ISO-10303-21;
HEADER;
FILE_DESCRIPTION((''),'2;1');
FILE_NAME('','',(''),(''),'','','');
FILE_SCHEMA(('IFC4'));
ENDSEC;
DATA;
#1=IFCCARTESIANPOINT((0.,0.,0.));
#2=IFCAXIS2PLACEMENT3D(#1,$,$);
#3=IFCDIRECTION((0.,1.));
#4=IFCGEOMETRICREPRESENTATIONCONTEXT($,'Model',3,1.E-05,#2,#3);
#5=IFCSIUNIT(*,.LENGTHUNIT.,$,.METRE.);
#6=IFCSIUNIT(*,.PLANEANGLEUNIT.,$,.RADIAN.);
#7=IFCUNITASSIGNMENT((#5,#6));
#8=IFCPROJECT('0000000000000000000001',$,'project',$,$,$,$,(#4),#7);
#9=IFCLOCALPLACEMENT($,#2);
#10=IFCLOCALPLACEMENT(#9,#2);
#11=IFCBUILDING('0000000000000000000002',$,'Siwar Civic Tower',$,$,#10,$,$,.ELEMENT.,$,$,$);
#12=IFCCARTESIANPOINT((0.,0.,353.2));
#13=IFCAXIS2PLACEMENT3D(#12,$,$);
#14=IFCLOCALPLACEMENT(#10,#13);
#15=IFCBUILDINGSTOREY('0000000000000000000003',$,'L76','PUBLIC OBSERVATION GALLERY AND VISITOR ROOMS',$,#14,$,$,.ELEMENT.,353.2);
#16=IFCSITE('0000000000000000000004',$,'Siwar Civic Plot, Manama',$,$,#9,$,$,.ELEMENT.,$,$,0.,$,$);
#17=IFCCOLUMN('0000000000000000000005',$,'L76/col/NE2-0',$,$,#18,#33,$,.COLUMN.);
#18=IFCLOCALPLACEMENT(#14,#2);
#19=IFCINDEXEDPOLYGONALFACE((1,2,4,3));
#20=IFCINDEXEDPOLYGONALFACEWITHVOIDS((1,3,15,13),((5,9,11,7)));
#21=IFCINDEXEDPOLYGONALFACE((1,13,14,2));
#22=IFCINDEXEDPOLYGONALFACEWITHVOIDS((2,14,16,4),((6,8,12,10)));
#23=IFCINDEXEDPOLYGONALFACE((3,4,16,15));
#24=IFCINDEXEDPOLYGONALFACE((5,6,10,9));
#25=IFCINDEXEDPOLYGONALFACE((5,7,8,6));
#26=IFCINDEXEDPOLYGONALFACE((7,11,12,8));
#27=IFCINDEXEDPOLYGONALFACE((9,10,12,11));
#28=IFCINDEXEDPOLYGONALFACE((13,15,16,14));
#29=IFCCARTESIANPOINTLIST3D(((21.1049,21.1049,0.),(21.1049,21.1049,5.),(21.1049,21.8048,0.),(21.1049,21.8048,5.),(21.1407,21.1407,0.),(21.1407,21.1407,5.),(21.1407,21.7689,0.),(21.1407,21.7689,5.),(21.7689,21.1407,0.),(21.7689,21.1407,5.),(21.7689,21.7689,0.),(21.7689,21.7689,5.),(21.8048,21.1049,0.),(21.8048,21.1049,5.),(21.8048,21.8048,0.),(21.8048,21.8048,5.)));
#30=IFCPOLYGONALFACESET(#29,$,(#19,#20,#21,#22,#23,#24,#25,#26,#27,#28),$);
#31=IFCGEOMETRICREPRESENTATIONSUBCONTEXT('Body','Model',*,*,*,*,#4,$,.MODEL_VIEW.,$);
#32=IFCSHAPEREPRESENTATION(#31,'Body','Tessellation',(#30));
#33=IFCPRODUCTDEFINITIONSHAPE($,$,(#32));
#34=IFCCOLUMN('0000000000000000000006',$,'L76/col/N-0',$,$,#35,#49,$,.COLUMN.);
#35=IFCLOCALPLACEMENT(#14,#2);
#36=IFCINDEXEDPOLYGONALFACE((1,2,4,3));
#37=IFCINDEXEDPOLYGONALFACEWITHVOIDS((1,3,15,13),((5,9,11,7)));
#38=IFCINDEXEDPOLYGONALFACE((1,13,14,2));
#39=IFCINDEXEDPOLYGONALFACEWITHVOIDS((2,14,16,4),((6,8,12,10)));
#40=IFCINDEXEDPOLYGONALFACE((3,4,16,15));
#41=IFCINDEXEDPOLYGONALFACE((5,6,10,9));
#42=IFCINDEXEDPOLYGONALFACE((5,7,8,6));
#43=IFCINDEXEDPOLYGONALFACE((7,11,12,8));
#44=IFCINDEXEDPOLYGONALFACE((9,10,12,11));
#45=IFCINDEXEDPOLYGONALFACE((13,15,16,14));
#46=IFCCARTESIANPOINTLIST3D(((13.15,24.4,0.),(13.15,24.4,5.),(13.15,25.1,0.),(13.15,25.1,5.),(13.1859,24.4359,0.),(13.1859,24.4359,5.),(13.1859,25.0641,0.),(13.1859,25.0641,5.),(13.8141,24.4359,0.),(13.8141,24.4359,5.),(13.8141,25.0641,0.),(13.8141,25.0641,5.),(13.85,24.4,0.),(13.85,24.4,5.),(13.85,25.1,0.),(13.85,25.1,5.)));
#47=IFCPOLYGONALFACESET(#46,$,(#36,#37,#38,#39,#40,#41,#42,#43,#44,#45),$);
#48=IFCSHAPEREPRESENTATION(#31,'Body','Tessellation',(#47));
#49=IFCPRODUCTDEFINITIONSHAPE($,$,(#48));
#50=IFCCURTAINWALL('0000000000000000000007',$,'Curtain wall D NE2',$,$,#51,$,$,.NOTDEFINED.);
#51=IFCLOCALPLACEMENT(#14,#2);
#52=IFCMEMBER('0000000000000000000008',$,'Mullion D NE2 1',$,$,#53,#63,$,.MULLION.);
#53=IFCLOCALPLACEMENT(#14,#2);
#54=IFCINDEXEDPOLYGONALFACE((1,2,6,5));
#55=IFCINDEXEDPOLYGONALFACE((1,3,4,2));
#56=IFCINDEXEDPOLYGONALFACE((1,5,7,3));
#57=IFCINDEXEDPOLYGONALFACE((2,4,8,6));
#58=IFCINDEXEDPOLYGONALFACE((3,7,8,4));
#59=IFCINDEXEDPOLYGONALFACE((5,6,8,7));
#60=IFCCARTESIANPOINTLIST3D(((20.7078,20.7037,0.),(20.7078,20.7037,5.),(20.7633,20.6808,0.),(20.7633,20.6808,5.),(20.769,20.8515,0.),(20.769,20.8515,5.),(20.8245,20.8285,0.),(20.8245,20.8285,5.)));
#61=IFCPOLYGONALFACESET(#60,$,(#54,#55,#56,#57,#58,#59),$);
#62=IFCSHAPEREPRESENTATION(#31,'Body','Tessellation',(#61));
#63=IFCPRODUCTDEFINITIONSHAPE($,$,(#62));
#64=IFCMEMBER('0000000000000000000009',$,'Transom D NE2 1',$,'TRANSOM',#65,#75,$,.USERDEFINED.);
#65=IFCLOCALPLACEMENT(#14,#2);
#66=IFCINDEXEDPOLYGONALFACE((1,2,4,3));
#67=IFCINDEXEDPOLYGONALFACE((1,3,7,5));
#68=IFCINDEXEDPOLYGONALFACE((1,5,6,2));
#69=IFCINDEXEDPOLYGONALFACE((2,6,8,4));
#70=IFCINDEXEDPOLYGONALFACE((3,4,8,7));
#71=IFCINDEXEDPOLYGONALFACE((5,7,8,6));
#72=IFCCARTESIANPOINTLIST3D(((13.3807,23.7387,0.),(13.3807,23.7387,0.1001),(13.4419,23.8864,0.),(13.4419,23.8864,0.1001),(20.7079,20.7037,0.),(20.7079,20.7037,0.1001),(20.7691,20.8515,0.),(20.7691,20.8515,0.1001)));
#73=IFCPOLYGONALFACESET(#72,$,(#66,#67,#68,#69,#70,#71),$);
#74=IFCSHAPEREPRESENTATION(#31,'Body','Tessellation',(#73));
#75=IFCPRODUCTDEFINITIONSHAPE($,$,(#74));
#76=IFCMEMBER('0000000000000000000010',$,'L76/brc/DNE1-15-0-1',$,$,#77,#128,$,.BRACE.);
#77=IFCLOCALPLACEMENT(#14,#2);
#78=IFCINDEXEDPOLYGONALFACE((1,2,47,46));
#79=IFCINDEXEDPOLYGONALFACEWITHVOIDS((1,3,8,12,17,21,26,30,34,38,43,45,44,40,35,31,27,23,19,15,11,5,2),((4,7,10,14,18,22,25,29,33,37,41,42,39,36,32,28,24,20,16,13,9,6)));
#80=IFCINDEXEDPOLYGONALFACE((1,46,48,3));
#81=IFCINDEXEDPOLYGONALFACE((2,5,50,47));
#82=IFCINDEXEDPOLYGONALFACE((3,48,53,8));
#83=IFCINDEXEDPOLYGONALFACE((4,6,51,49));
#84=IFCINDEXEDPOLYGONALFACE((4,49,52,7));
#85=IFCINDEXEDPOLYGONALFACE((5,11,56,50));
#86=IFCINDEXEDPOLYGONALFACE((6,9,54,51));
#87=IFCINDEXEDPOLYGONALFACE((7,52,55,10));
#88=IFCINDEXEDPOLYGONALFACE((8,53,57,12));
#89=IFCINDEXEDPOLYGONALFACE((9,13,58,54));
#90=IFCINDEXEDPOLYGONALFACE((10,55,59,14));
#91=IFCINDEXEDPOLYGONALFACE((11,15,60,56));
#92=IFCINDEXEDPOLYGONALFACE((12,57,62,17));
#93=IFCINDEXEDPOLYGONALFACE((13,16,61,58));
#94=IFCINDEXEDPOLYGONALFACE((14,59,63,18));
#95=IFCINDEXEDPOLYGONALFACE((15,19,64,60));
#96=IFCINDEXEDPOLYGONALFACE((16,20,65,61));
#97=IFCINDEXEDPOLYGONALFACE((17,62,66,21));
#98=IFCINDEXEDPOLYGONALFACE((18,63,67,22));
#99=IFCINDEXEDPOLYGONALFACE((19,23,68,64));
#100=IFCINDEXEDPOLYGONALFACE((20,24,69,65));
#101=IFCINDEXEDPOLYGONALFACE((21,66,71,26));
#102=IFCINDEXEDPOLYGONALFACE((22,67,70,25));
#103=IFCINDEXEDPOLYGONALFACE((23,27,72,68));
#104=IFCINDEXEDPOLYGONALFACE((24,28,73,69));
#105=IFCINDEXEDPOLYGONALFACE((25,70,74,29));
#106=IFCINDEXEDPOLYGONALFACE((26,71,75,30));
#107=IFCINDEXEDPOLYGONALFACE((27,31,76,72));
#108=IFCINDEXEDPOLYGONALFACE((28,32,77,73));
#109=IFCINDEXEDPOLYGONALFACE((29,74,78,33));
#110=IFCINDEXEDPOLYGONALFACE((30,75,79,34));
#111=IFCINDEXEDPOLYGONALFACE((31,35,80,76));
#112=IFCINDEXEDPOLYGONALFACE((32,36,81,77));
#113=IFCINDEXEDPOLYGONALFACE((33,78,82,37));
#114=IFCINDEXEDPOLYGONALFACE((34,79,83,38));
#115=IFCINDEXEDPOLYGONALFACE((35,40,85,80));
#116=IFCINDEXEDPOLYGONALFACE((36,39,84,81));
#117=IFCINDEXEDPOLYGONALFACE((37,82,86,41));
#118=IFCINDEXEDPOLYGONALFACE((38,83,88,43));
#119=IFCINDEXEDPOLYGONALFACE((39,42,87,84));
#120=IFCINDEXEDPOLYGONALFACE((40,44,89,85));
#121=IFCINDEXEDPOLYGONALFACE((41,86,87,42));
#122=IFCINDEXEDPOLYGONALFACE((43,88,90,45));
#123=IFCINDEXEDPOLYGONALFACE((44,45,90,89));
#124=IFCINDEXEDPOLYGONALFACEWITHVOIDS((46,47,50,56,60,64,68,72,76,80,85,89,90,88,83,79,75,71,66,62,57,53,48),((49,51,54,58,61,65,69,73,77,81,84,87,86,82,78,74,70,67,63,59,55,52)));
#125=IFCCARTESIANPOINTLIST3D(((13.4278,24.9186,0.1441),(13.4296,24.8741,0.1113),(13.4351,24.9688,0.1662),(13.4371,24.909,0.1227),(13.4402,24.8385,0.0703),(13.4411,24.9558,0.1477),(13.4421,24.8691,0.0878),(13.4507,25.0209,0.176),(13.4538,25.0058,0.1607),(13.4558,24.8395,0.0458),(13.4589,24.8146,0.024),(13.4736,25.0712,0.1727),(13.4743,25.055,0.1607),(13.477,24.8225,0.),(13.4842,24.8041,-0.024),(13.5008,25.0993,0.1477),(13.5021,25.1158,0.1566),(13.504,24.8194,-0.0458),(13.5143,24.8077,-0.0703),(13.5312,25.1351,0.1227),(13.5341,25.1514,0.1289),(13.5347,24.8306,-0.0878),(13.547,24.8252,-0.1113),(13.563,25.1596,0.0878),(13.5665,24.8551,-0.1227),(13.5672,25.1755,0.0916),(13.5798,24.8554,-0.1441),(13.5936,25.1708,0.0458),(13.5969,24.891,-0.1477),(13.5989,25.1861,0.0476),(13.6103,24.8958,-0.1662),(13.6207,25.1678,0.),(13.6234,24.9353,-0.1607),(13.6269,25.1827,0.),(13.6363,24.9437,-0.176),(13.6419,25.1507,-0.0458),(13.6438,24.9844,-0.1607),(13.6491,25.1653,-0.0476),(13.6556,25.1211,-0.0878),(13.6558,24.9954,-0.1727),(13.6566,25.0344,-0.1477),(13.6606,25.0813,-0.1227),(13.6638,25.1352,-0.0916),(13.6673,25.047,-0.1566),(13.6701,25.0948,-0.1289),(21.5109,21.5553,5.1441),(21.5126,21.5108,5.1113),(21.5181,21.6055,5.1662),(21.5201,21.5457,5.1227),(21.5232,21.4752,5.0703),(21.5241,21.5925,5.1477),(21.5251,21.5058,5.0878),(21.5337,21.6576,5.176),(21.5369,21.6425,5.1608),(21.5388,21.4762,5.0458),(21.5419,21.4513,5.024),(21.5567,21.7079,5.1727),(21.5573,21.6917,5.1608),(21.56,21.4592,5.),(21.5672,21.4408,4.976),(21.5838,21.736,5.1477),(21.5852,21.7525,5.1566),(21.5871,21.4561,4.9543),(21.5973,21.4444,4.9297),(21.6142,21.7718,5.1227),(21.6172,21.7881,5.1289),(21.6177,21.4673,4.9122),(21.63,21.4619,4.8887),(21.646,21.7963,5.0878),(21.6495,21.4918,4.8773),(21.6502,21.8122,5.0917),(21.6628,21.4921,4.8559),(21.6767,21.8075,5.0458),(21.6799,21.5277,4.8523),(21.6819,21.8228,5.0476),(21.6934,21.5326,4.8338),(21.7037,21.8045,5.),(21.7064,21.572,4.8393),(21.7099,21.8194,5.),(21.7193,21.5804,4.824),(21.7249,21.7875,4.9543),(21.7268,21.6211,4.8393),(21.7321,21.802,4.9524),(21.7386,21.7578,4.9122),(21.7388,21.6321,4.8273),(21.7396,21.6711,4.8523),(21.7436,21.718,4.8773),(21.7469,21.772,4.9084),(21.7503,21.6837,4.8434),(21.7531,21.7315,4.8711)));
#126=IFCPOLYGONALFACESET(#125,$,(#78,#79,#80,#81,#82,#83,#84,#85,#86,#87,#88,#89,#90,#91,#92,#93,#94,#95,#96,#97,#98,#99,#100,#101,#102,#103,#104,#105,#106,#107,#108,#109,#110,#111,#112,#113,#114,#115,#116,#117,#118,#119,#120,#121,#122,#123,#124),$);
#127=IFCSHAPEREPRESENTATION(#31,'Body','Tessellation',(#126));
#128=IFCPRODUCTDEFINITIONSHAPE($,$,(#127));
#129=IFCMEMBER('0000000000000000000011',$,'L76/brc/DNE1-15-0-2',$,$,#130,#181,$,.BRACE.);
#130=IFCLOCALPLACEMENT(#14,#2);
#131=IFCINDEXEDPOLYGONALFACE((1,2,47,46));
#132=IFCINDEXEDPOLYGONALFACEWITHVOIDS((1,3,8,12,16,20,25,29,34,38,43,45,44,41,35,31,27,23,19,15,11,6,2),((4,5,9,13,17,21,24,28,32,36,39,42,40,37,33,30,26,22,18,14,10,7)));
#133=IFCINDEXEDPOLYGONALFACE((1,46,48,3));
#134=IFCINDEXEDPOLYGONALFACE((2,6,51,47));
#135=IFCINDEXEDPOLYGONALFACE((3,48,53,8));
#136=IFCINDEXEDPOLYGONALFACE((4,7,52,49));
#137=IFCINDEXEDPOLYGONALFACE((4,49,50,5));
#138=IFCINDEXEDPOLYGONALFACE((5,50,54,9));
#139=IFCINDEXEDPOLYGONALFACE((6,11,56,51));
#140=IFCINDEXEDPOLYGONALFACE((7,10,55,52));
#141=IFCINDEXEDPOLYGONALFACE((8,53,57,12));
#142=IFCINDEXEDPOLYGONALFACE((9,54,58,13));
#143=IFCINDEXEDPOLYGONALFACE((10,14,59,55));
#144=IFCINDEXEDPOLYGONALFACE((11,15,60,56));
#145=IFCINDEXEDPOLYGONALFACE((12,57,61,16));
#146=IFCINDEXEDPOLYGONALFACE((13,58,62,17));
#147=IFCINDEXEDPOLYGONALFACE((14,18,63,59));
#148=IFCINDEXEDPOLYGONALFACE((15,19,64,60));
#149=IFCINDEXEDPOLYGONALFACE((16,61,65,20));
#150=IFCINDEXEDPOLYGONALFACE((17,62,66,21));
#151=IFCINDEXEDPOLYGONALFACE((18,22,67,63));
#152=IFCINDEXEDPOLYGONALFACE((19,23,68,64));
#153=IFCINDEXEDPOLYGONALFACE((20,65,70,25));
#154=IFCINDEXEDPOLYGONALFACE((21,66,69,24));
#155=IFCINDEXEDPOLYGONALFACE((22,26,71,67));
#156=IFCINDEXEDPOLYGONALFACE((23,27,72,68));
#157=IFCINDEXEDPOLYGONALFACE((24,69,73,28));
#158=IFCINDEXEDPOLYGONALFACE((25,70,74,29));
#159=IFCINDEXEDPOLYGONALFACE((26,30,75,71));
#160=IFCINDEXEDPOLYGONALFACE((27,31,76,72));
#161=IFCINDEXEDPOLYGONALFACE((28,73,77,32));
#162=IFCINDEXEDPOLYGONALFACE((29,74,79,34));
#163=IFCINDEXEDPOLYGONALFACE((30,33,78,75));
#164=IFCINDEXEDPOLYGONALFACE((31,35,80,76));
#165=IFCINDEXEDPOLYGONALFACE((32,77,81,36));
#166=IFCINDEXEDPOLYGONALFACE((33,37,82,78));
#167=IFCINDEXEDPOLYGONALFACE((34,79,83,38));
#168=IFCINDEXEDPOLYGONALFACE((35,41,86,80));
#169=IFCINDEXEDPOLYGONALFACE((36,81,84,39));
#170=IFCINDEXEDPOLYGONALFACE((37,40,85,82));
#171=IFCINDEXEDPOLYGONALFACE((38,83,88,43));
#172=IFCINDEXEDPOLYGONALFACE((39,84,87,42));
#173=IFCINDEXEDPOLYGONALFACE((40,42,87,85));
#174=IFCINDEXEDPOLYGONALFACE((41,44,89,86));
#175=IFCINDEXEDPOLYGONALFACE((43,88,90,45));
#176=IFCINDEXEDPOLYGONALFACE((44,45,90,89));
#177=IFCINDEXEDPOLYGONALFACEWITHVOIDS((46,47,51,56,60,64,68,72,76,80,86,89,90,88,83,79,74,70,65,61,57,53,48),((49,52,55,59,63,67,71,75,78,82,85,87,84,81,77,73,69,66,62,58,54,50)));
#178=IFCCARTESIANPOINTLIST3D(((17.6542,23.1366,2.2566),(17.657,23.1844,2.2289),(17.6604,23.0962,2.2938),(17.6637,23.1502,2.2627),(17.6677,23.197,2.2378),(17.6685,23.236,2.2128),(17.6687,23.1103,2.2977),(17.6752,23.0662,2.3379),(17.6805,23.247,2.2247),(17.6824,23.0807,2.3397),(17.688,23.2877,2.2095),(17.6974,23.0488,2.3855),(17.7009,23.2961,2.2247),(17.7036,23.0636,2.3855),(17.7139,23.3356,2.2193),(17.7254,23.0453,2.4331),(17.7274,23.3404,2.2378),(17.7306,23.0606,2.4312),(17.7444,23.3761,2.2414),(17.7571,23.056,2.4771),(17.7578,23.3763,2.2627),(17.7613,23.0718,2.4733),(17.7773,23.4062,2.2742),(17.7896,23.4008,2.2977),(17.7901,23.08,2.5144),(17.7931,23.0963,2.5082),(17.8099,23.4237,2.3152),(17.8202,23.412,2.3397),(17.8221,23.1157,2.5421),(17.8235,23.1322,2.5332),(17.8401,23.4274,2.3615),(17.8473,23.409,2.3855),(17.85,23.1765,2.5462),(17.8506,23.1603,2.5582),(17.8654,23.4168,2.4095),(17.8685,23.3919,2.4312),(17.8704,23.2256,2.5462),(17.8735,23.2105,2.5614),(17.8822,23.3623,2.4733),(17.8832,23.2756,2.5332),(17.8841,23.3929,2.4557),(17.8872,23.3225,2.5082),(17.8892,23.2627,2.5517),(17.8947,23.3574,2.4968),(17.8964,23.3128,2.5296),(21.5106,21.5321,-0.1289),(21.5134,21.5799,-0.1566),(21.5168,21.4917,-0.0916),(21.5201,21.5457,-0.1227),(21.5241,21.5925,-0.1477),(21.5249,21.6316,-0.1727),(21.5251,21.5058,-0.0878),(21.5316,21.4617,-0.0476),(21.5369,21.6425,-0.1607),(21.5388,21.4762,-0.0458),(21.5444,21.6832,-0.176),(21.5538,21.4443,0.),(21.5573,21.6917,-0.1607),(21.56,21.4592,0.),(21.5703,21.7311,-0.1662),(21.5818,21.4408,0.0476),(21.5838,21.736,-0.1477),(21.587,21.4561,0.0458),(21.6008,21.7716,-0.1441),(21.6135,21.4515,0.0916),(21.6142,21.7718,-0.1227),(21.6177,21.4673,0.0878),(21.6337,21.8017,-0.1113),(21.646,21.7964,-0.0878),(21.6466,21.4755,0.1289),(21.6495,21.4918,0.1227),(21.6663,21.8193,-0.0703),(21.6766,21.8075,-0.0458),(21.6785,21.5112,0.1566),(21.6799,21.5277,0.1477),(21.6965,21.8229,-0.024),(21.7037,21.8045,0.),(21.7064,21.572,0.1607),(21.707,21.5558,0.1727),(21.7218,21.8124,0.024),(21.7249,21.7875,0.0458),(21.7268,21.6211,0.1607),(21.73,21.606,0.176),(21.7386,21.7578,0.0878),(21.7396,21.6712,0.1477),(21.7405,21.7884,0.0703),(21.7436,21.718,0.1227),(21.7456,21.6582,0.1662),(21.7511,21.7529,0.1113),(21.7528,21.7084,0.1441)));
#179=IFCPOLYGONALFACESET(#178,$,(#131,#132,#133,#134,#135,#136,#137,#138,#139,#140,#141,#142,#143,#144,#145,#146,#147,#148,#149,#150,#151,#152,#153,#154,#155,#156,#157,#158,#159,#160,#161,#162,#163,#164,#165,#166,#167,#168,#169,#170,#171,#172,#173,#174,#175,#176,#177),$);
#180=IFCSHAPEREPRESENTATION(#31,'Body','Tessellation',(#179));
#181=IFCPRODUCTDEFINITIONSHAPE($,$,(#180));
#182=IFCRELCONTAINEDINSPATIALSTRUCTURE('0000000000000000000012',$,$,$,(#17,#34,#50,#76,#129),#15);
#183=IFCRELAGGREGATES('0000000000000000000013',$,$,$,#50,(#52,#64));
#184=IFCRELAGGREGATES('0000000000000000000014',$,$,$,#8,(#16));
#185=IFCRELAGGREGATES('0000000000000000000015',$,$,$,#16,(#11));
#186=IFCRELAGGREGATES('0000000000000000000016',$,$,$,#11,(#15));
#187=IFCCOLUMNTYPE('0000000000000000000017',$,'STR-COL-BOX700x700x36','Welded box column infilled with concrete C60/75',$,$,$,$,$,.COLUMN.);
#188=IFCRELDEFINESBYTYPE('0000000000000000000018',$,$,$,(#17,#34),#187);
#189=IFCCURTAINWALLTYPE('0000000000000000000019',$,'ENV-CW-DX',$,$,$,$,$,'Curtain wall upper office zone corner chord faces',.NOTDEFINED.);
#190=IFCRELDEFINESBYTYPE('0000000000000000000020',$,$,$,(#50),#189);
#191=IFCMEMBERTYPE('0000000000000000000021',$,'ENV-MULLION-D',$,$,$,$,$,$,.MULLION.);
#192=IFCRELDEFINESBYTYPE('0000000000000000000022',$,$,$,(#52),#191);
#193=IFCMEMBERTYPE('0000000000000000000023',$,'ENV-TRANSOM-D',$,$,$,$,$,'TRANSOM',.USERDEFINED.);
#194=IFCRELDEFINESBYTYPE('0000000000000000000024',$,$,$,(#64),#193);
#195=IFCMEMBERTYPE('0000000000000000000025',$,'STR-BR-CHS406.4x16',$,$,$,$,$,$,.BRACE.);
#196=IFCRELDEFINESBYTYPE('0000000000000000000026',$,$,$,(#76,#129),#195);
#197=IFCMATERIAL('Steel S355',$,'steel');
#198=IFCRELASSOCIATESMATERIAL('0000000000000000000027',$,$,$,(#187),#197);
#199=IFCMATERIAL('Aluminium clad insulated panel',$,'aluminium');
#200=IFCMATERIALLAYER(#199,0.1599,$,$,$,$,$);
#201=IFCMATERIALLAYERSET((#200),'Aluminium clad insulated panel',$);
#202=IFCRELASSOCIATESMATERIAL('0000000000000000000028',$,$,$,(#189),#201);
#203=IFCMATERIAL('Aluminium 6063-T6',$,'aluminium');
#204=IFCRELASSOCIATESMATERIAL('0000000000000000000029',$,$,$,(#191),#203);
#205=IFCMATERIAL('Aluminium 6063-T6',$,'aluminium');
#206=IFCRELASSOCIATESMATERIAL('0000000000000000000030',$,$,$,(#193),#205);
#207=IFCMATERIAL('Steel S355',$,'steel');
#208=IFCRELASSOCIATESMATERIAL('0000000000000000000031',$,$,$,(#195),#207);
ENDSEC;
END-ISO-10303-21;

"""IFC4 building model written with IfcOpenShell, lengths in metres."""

from ifc_helpers import new_model, si_unit, direction, frame, origin, origin_2d, place, context, subcontext, project, spatial, rectangle, hollow_rectangle, hollow_circle, extrude, material, layer, layer_set, material_profile, profile_set, type_object, element, aggregate, save


model = new_model("IFC4")

# Units and contexts
model_context = context("Model", 3, precision=1e-05, world=origin(), true_north=direction((0.0, 1.0)))
body_context = subcontext(model_context, "Body", "Model", "MODEL_VIEW")
ifc_project = project(units=[si_unit("LENGTHUNIT", "METRE"), si_unit("PLANEANGLEUNIT", "RADIAN")], contexts=[model_context])

# Site, building, storey
site_placement = place(None, origin())
site = spatial("IfcSite", under=ifc_project, at=site_placement, Name="Siwar Civic Plot, Manama", CompositionType="ELEMENT", RefElevation=0.0)
building_placement = place(site_placement, origin())
building = spatial("IfcBuilding", under=site, at=building_placement, Name="Siwar Civic Tower", CompositionType="ELEMENT")
storey_placement = place(building_placement, frame((0.0, 0.0, 353.2)))
storey = spatial("IfcBuildingStorey", under=building, at=storey_placement, Name="L76", Description="PUBLIC OBSERVATION GALLERY AND VISITOR ROOMS", CompositionType="ELEMENT", Elevation=353.2)

# Columns
ifc_material_1 = material(Name="Steel S355", Category="steel")
ifc_material_profile_1 = material_profile(ifc_material_1, hollow_rectangle(XDim=0.7, YDim=0.7, WallThickness=0.0359, at=origin_2d()), Name="BOX700x700x36")
ifc_profile_set_1 = profile_set([ifc_material_profile_1], Name="Steel S355")
column_type = type_object("IfcColumnType", Name="STR-COL-BOX700x700x36", Description="Welded box column infilled with concrete C60/75", PredefinedType="COLUMN", material=ifc_profile_set_1)
for number, where, z_axis, x_axis, name in (
    (1, (21.4548, 21.4548, 0.0), (0.0, 0.0, 1.0), (1.0, 0.0, 0.0), "L76/col/NE2-0"),
    (2, (13.5, 24.75, 0.0), (0.0, 0.0, 1.0), (1.0, 0.0, 0.0), "L76/col/N-0"),
):
    element("IfcColumn", number, at=place(storey_placement, frame(where, z_axis=z_axis, x_axis=x_axis)), inside=storey, type_object=column_type, Name=name, PredefinedType="COLUMN", context=body_context, shape_type="SweptSolid", body=[
        extrude(hollow_rectangle(XDim=0.7, YDim=0.7, WallThickness=0.0359, at=origin_2d()), origin(), (0.0, 0.0, 1.0), 5.0),
    ])

# Curtain wall, members
ifc_material_2 = material(Name="Aluminium clad insulated panel", Category="aluminium")
ifc_layer_1 = layer(ifc_material_2, 0.1599)
ifc_layer_set_1 = layer_set([ifc_layer_1], Name="Aluminium clad insulated panel")
curtain_wall_type = type_object("IfcCurtainWallType", Name="ENV-CW-DX", ElementType="Curtain wall upper office zone corner chord faces", PredefinedType="NOTDEFINED", material=ifc_layer_set_1)
curtain_wall_1_placement = place(storey_placement, origin())
curtain_wall_1 = element("IfcCurtainWall", 3, at=curtain_wall_1_placement, inside=storey, type_object=curtain_wall_type, Name="Curtain wall D NE2", PredefinedType="NOTDEFINED")
ifc_material_3 = material(Name="Aluminium 6063-T6", Category="aluminium")
ifc_material_profile_2 = material_profile(ifc_material_3, rectangle(XDim=0.1599, YDim=0.0601, at=origin_2d()), Name="AL 160x60")
ifc_profile_set_2 = profile_set([ifc_material_profile_2], Name="Aluminium 6063-T6")
member_type_1 = type_object("IfcMemberType", Name="ENV-MULLION-D", PredefinedType="MULLION", material=ifc_profile_set_2)
member_1_placement = place(storey_placement, frame((20.7661, 20.7661, 0.0), z_axis=(0.0, 0.0, 1.0), x_axis=(-0.382683, -0.92388, 0.0)))
member_1 = element("IfcMember", 4, at=member_1_placement, type_object=member_type_1, Name="Mullion D NE2 1", PredefinedType="MULLION", context=body_context, shape_type="SweptSolid", body=[
    extrude(rectangle(XDim=0.1599, YDim=0.0601, at=origin_2d()), origin(), (0.0, 0.0, 1.0), 5.0),
])
ifc_material_4 = material(Name="Aluminium 6063-T6", Category="aluminium")
ifc_material_profile_3 = material_profile(ifc_material_4, rectangle(XDim=0.1599, YDim=0.1001, at=origin_2d()), Name="AL 160x100")
ifc_profile_set_3 = profile_set([ifc_material_profile_3], Name="Aluminium 6063-T6")
member_type_2 = type_object("IfcMemberType", Name="ENV-TRANSOM-D", ElementType="TRANSOM", PredefinedType="USERDEFINED", material=ifc_profile_set_3)
member_2_placement = place(storey_placement, frame((20.7385, 20.7776, 0.05), z_axis=(-0.923884, 0.382674, 0.0), x_axis=(-0.382674, -0.923884, 0.0)))
member_2 = element("IfcMember", 5, at=member_2_placement, type_object=member_type_2, Name="Transom D NE2 1", ObjectType="TRANSOM", PredefinedType="USERDEFINED", context=body_context, shape_type="SweptSolid", body=[
    extrude(rectangle(XDim=0.1599, YDim=0.1001, at=origin_2d()), origin(), (0.0, 0.0, 1.0), 7.9309),
])

# Members
ifc_material_5 = material(Name="Steel S355", Category="steel")
ifc_material_profile_4 = material_profile(ifc_material_5, hollow_circle(Radius=0.2031, WallThickness=0.0161, at=origin_2d()), Name="CHS406.4x16")
ifc_profile_set_4 = profile_set([ifc_material_profile_4], Name="Steel S355")
member_type_3 = type_object("IfcMemberType", Name="STR-BR-CHS406.4x16", PredefinedType="BRACE", material=ifc_profile_set_4)
member_3_placement = place(storey_placement, frame((13.5488, 24.9951, 0.0), z_axis=(0.801727, -0.333593, 0.495933), x_axis=(0.384164, 0.923265, 0.0)))
element("IfcMember", 6, at=member_3_placement, inside=storey, type_object=member_type_3, Name="L76/brc/DNE1-15-0-1", PredefinedType="BRACE", context=body_context, shape_type="SweptSolid", body=[
    extrude(hollow_circle(Radius=0.2031, WallThickness=0.0161, at=origin_2d()), origin(), (0.0, 0.0, 1.0), 10.082),
])
for number, where, z_axis, x_axis, name in (
    (7, (21.6318, 21.6318, 0.0), (-0.801737, 0.333567, 0.495934), (-0.384134, -0.923277, 0.0), "L76/brc/DNE1-15-0-2"),
):
    element("IfcMember", number, at=place(storey_placement, frame(where, z_axis=z_axis, x_axis=x_axis)), inside=storey, type_object=member_type_3, Name=name, PredefinedType="BRACE", context=body_context, shape_type="SweptSolid", body=[
        extrude(hollow_circle(Radius=0.2031, WallThickness=0.0161, at=origin_2d()), origin(), (0.0, 0.0, 1.0), 4.8101),
    ])

aggregate(curtain_wall_1, [member_1, member_2])

save(model, "model.ifc")
